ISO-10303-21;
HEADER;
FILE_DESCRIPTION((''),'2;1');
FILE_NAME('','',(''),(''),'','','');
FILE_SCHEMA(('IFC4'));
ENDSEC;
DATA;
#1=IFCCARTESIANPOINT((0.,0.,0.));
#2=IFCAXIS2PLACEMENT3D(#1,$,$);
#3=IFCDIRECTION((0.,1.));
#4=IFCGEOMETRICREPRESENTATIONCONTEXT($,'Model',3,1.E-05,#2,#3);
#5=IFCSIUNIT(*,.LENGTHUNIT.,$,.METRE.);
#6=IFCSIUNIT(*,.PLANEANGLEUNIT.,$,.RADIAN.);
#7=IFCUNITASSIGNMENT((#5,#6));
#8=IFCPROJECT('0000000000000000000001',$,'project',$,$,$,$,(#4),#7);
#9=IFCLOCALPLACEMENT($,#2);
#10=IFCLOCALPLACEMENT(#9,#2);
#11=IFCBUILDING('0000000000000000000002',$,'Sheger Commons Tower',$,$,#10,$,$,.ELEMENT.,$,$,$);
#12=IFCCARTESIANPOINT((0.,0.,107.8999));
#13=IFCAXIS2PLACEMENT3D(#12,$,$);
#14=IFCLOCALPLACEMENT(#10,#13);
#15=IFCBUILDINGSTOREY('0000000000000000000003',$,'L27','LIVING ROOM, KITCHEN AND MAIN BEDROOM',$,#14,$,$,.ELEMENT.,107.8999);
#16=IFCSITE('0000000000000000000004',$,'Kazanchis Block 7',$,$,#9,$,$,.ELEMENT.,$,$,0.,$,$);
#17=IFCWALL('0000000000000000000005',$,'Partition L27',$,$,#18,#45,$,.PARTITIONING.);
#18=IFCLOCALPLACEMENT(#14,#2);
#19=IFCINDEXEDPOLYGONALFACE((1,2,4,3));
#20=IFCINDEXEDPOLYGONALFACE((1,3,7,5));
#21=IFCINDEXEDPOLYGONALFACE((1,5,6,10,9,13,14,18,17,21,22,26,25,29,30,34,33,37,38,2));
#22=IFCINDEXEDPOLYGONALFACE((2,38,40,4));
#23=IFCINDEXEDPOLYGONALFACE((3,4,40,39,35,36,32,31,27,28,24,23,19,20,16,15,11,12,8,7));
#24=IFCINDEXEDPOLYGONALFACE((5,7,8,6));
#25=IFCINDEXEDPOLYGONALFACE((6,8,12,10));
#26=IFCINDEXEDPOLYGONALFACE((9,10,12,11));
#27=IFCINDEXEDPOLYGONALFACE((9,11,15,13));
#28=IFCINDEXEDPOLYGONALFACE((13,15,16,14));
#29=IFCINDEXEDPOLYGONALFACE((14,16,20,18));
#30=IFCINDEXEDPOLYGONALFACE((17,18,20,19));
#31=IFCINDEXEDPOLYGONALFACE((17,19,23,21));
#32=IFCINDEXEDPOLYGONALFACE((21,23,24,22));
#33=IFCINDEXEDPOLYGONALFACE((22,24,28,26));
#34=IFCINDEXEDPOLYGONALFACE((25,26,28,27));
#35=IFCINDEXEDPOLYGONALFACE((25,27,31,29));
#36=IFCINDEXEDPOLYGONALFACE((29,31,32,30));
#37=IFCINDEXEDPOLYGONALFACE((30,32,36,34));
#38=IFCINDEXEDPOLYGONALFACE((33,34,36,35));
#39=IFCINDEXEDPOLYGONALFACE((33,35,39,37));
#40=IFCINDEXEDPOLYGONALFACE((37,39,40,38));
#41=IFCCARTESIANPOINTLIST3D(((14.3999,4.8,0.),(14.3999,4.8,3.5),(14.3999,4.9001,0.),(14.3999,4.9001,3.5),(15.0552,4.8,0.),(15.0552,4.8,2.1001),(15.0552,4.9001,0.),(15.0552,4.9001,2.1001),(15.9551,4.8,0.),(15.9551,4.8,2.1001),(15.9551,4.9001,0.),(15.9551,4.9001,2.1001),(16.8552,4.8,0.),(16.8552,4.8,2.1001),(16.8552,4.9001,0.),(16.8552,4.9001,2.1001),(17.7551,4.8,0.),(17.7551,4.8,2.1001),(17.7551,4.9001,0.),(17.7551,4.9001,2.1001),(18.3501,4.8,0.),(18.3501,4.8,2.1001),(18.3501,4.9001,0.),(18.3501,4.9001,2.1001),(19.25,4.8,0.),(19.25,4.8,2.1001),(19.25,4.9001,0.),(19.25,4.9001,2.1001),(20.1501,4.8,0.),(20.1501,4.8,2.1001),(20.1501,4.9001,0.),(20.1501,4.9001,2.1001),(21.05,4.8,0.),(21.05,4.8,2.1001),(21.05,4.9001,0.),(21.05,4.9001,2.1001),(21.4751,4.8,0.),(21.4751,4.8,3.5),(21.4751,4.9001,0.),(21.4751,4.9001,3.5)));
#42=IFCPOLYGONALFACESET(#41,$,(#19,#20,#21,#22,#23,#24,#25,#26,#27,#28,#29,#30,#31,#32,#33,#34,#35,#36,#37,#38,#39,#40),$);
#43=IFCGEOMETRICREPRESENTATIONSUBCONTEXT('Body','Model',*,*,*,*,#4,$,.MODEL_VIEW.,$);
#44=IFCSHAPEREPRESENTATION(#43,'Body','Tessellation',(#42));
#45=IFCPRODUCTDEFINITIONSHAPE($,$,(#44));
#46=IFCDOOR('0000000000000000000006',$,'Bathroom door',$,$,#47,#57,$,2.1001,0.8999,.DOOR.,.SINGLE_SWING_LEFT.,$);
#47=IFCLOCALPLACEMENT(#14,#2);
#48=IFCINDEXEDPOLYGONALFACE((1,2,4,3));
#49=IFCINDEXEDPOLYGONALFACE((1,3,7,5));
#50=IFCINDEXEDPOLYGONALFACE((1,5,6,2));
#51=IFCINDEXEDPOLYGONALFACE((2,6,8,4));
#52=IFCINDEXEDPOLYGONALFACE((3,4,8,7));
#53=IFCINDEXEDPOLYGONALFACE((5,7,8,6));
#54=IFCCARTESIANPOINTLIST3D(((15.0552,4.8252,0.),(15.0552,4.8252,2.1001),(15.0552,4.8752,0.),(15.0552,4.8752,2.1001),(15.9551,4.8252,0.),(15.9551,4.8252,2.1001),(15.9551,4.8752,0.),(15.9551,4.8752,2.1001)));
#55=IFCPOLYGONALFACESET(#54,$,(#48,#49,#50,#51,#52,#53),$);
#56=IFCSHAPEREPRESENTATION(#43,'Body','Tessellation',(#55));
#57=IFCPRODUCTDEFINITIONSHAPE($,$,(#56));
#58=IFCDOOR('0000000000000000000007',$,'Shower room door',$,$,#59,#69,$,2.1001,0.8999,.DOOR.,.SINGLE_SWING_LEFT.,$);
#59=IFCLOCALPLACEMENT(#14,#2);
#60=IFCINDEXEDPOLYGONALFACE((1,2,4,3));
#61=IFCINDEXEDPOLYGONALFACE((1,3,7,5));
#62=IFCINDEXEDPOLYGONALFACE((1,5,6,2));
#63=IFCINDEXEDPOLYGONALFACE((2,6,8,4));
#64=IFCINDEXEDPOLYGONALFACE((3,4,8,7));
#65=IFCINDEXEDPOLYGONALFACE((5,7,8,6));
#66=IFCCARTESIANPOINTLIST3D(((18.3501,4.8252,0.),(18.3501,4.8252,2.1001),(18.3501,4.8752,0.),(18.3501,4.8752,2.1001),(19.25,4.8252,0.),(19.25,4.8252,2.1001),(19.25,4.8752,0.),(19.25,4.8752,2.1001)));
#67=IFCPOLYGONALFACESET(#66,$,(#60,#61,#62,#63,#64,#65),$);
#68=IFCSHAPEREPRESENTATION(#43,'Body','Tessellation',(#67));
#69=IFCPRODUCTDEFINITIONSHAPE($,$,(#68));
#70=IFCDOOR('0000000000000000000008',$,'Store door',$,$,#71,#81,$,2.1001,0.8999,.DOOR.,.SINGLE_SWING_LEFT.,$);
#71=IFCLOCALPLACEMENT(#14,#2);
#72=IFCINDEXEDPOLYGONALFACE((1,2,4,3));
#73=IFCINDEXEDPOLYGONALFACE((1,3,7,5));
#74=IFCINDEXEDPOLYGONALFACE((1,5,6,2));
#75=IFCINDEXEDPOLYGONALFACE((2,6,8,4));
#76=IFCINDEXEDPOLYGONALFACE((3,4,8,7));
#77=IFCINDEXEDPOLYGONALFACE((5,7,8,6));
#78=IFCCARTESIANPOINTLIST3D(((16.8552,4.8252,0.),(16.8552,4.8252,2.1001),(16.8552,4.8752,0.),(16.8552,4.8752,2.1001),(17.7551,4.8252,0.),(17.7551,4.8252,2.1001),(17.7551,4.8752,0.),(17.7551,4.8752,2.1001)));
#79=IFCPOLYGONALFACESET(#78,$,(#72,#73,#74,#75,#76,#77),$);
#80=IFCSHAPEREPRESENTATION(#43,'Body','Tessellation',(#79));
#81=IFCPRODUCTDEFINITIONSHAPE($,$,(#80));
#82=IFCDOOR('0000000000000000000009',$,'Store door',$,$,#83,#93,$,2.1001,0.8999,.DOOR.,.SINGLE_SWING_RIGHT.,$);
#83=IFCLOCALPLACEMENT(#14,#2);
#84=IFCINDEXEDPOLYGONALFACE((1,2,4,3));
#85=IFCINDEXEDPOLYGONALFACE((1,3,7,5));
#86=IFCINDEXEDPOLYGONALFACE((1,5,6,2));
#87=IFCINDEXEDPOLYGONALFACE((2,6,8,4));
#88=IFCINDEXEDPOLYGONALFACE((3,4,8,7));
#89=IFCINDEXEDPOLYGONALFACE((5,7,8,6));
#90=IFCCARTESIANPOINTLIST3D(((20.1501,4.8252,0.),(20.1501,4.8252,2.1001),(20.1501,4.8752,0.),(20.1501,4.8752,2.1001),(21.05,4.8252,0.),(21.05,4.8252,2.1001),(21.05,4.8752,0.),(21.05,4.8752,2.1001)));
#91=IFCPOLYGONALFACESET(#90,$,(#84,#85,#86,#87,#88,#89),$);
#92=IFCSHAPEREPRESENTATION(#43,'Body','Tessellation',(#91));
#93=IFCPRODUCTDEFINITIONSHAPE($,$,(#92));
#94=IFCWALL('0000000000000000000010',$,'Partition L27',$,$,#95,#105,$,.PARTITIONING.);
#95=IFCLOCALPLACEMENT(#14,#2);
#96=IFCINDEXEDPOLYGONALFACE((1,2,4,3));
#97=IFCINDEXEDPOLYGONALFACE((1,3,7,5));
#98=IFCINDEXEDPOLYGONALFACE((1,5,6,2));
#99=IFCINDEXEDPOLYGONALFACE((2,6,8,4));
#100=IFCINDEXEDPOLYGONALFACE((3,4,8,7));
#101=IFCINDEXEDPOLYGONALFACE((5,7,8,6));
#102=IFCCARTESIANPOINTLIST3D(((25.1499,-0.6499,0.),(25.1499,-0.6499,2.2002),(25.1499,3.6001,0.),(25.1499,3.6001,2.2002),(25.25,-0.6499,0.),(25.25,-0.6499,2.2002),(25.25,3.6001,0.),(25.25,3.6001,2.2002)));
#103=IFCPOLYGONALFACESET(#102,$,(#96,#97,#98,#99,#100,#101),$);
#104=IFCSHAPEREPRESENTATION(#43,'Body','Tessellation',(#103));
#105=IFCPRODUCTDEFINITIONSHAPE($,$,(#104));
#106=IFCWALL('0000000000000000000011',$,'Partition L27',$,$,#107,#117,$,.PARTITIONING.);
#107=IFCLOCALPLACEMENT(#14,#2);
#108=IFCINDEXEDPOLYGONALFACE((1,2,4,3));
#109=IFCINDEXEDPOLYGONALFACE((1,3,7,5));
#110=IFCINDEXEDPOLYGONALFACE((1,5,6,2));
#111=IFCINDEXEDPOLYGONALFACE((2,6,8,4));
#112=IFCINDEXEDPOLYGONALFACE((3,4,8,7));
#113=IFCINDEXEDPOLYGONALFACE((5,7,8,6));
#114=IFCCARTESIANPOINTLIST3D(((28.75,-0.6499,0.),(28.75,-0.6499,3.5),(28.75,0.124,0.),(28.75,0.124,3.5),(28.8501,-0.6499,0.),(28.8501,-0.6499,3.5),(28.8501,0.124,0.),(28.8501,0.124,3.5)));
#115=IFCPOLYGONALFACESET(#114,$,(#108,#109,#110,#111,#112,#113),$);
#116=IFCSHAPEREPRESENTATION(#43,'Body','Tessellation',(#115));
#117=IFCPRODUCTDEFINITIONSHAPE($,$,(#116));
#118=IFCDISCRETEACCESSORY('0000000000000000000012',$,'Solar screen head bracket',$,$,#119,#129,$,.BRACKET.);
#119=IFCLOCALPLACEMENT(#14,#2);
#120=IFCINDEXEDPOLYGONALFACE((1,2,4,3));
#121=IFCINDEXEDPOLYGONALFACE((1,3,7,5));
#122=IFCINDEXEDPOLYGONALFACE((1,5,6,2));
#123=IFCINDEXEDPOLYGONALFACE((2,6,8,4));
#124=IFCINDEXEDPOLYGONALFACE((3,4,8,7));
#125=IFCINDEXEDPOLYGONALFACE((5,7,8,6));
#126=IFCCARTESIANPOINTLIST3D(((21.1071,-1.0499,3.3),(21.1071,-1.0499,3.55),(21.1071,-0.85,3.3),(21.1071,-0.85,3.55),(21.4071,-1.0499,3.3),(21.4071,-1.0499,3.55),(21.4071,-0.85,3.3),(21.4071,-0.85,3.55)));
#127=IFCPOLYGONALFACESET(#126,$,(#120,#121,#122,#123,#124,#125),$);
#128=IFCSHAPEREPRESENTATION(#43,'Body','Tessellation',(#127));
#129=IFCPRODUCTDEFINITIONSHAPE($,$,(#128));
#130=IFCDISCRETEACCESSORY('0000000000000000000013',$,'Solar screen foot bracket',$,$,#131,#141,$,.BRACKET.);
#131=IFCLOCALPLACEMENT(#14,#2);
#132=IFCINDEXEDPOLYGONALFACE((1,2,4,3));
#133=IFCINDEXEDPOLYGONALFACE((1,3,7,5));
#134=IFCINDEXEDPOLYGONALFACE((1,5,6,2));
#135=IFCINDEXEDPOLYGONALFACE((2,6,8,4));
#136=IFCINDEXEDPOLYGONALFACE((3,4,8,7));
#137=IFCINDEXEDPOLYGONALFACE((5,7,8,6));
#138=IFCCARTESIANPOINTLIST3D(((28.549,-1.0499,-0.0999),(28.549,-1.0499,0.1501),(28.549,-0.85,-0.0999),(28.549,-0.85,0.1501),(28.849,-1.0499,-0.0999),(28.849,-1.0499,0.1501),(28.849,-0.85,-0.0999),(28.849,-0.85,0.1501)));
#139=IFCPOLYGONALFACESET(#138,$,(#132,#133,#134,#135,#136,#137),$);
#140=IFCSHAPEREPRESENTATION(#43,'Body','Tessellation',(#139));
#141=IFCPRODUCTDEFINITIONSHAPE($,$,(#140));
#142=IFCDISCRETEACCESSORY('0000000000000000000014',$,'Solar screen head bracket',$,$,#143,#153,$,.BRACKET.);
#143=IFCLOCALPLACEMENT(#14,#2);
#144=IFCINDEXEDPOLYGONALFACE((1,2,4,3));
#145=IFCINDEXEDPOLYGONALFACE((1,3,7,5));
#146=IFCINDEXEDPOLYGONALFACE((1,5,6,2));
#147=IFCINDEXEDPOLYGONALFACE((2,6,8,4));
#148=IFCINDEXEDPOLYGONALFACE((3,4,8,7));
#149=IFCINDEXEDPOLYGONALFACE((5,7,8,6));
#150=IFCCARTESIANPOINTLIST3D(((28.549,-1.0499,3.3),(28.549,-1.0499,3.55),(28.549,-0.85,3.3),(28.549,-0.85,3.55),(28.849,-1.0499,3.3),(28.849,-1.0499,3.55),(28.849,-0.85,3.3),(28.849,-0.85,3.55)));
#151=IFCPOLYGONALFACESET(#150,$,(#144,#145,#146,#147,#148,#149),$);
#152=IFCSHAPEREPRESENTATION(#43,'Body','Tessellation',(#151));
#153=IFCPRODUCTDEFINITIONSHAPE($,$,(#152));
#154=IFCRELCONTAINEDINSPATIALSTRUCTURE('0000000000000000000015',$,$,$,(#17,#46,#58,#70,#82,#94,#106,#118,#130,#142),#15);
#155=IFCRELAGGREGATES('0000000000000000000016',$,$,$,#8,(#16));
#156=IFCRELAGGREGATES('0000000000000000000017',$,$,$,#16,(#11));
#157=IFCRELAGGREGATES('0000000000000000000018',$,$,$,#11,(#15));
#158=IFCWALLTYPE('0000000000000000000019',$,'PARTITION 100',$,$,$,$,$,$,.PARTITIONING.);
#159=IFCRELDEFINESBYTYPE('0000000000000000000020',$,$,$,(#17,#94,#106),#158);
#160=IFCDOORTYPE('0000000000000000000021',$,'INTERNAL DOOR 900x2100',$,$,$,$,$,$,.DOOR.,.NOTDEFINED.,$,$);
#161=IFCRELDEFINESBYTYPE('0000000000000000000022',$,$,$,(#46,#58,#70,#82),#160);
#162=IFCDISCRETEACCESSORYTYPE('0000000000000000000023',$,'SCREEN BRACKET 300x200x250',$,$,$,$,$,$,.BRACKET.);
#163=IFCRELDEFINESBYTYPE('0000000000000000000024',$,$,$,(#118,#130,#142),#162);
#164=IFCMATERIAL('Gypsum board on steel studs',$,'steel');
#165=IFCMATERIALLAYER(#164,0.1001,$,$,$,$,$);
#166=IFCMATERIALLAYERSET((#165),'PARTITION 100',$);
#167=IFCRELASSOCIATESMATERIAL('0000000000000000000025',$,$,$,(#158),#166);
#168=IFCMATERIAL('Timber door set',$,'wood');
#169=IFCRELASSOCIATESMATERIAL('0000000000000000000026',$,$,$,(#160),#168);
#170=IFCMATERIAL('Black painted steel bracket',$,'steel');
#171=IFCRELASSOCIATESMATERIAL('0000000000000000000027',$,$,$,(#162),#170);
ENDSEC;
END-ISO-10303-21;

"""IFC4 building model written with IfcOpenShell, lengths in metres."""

from ifc_helpers import new_model, si_unit, direction, frame, frame_2d, origin, origin_2d, place, context, subcontext, project, spatial, rectangle, extrude, material, layer, layer_set, type_object, element, fill, save


model = new_model("IFC4")

# Units and contexts
model_context = context("Model", 3, precision=1e-05, world=origin(), true_north=direction((0.0, 1.0)))
body_context = subcontext(model_context, "Body", "Model", "MODEL_VIEW")
ifc_project = project(units=[si_unit("LENGTHUNIT", "METRE"), si_unit("PLANEANGLEUNIT", "RADIAN")], contexts=[model_context])

# Site, building, storey
site_placement = place(None, origin())
site = spatial("IfcSite", under=ifc_project, at=site_placement, Name="Kazanchis Block 7", CompositionType="ELEMENT", RefElevation=0.0)
building_placement = place(site_placement, origin())
building = spatial("IfcBuilding", under=site, at=building_placement, Name="Sheger Commons Tower", CompositionType="ELEMENT")
storey_placement = place(building_placement, frame((0.0, 0.0, 107.8999)))
storey = spatial("IfcBuildingStorey", under=building, at=storey_placement, Name="L27", Description="LIVING ROOM, KITCHEN AND MAIN BEDROOM", CompositionType="ELEMENT", Elevation=107.8999)

# Wall, openings, doors
ifc_material_1 = material(Name="Gypsum board on steel studs", Category="steel")
ifc_layer_1 = layer(ifc_material_1, 0.1001)
ifc_layer_set_1 = layer_set([ifc_layer_1], Name="PARTITION 100")
wall_type_1 = type_object("IfcWallType", Name="PARTITION 100", PredefinedType="PARTITIONING", material=ifc_layer_set_1)
ifc_material_2 = material(Name="Timber door set", Category="wood")
door_type = type_object("IfcDoorType", Name="INTERNAL DOOR 900x2100", OperationType="NOTDEFINED", PredefinedType="DOOR", material=ifc_material_2)
wall_1_placement = place(storey_placement, frame((21.4751, 4.8501, 0.0), z_axis=(0.0, 0.0, 1.0), x_axis=(-1.0, 0.0, 0.0)))
wall_1 = element("IfcWall", 1, at=wall_1_placement, inside=storey, type_object=wall_type_1, Name="Partition L27", PredefinedType="PARTITIONING", context=body_context, shape_type="SweptSolid", body=[
    extrude(rectangle(XDim=7.0752, YDim=0.1001, at=frame_2d((3.5376, 0.0))), origin(), (0.0, 0.0, 1.0), 3.5),
])
opening_1_placement = place(wall_1_placement, frame((5.52, 0.0, 0.0)))
opening_1 = element("IfcOpeningElement", 2, at=opening_1_placement, cuts=wall_1, PredefinedType="OPENING", context=body_context, shape_type="SweptSolid", body=[
    extrude(rectangle(XDim=0.8999, YDim=2.1001, at=frame_2d((0.45, 1.05))), frame((0.0, 0.0601, 0.0), z_axis=(0.0, -1.0, 0.0), x_axis=(1.0, 0.0, 0.0)), (0.0, 0.0, 1.0), 0.1201),
])
opening_2_placement = place(wall_1_placement, frame((2.2251, 0.0, 0.0)))
opening_2 = element("IfcOpeningElement", 3, at=opening_2_placement, cuts=wall_1, PredefinedType="OPENING", context=body_context, shape_type="SweptSolid", body=[
    extrude(rectangle(XDim=0.8999, YDim=2.1001, at=frame_2d((0.45, 1.05))), frame((0.0, 0.0601, 0.0), z_axis=(0.0, -1.0, 0.0), x_axis=(1.0, 0.0, 0.0)), (0.0, 0.0, 1.0), 0.1201),
])
opening_3_placement = place(wall_1_placement, frame((3.72, 0.0, 0.0)))
opening_3 = element("IfcOpeningElement", 4, at=opening_3_placement, cuts=wall_1, PredefinedType="OPENING", context=body_context, shape_type="SweptSolid", body=[
    extrude(rectangle(XDim=0.8999, YDim=2.1001, at=frame_2d((0.45, 1.05))), frame((0.0, 0.0601, 0.0), z_axis=(0.0, -1.0, 0.0), x_axis=(1.0, 0.0, 0.0)), (0.0, 0.0, 1.0), 0.1201),
])
opening_4_placement = place(wall_1_placement, frame((0.425, 0.0, 0.0)))
opening_4 = element("IfcOpeningElement", 5, at=opening_4_placement, cuts=wall_1, PredefinedType="OPENING", context=body_context, shape_type="SweptSolid", body=[
    extrude(rectangle(XDim=0.8999, YDim=2.1001, at=frame_2d((0.45, 1.05))), frame((0.0, 0.0601, 0.0), z_axis=(0.0, -1.0, 0.0), x_axis=(1.0, 0.0, 0.0)), (0.0, 0.0, 1.0), 0.1201),
])
door_1_placement = place(opening_1_placement, origin())
door_1 = element("IfcDoor", 6, at=door_1_placement, inside=storey, type_object=door_type, Name="Bathroom door", OperationType="SINGLE_SWING_LEFT", OverallHeight=2.1001, OverallWidth=0.8999, PredefinedType="DOOR", context=body_context, shape_type="SweptSolid", body=[
    extrude(rectangle(XDim=0.8999, YDim=2.1001, at=frame_2d((0.45, 1.05))), frame((0.0, 0.0249, 0.0), z_axis=(0.0, -1.0, 0.0), x_axis=(1.0, 0.0, 0.0)), (0.0, 0.0, 1.0), 0.05),
])
fill(opening_1, door_1)
door_2_placement = place(opening_2_placement, origin())
door_2 = element("IfcDoor", 7, at=door_2_placement, inside=storey, type_object=door_type, Name="Shower room door", OperationType="SINGLE_SWING_LEFT", OverallHeight=2.1001, OverallWidth=0.8999, PredefinedType="DOOR", context=body_context, shape_type="SweptSolid", body=[
    extrude(rectangle(XDim=0.8999, YDim=2.1001, at=frame_2d((0.45, 1.05))), frame((0.0, 0.0249, 0.0), z_axis=(0.0, -1.0, 0.0), x_axis=(1.0, 0.0, 0.0)), (0.0, 0.0, 1.0), 0.05),
])
fill(opening_2, door_2)
door_3_placement = place(opening_3_placement, origin())
door_3 = element("IfcDoor", 8, at=door_3_placement, inside=storey, type_object=door_type, Name="Store door", OperationType="SINGLE_SWING_LEFT", OverallHeight=2.1001, OverallWidth=0.8999, PredefinedType="DOOR", context=body_context, shape_type="SweptSolid", body=[
    extrude(rectangle(XDim=0.8999, YDim=2.1001, at=frame_2d((0.45, 1.05))), frame((0.0, 0.0249, 0.0), z_axis=(0.0, -1.0, 0.0), x_axis=(1.0, 0.0, 0.0)), (0.0, 0.0, 1.0), 0.05),
])
fill(opening_3, door_3)
door_4_placement = place(opening_4_placement, origin())
door_4 = element("IfcDoor", 9, at=door_4_placement, inside=storey, type_object=door_type, Name="Store door", OperationType="SINGLE_SWING_RIGHT", OverallHeight=2.1001, OverallWidth=0.8999, PredefinedType="DOOR", context=body_context, shape_type="SweptSolid", body=[
    extrude(rectangle(XDim=0.8999, YDim=2.1001, at=frame_2d((0.45, 1.05))), frame((0.0, 0.0249, 0.0), z_axis=(0.0, -1.0, 0.0), x_axis=(1.0, 0.0, 0.0)), (0.0, 0.0, 1.0), 0.05),
])
fill(opening_4, door_4)

# Walls
wall_2_placement = place(storey_placement, frame((25.2, -0.6499, 0.0), z_axis=(0.0, 0.0, 1.0), x_axis=(0.0, 1.0, 0.0)))
element("IfcWall", 10, at=wall_2_placement, inside=storey, type_object=wall_type_1, Name="Partition L27", PredefinedType="PARTITIONING", context=body_context, shape_type="SweptSolid", body=[
    extrude(rectangle(XDim=4.25, YDim=0.1001, at=frame_2d((2.125, 0.0))), origin(), (0.0, 0.0, 1.0), 2.2002),
])
wall_3_placement = place(storey_placement, frame((28.8, -0.6499, 0.0), z_axis=(0.0, 0.0, 1.0), x_axis=(0.0, 1.0, 0.0)))
element("IfcWall", 11, at=wall_3_placement, inside=storey, type_object=wall_type_1, Name="Partition L27", PredefinedType="PARTITIONING", context=body_context, shape_type="SweptSolid", body=[
    extrude(rectangle(XDim=0.7739, YDim=0.1001, at=frame_2d((0.387, 0.0))), origin(), (0.0, 0.0, 1.0), 3.5),
])

# Discrete accessories
ifc_material_3 = material(Name="Black painted steel bracket", Category="steel")
discrete_accessory_type = type_object("IfcDiscreteAccessoryType", Name="SCREEN BRACKET 300x200x250", PredefinedType="BRACKET", material=ifc_material_3)
for number, where, z_axis, x_axis, name in (
    (12, (21.2571, -0.95, 3.3), (0.0, 0.0, 1.0), (1.0, 0.0, 0.0), "Solar screen head bracket"),
    (13, (28.699, -0.95, -0.0999), (0.0, 0.0, 1.0), (1.0, 0.0, 0.0), "Solar screen foot bracket"),
    (14, (28.699, -0.95, 3.3), (0.0, 0.0, 1.0), (1.0, 0.0, 0.0), "Solar screen head bracket"),
):
    element("IfcDiscreteAccessory", number, at=place(storey_placement, frame(where, z_axis=z_axis, x_axis=x_axis)), inside=storey, type_object=discrete_accessory_type, Name=name, PredefinedType="BRACKET", context=body_context, shape_type="SweptSolid", body=[
        extrude(rectangle(XDim=0.3, YDim=0.2, at=origin_2d()), origin(), (0.0, 0.0, 1.0), 0.25),
    ])

save(model, "model.ifc")
